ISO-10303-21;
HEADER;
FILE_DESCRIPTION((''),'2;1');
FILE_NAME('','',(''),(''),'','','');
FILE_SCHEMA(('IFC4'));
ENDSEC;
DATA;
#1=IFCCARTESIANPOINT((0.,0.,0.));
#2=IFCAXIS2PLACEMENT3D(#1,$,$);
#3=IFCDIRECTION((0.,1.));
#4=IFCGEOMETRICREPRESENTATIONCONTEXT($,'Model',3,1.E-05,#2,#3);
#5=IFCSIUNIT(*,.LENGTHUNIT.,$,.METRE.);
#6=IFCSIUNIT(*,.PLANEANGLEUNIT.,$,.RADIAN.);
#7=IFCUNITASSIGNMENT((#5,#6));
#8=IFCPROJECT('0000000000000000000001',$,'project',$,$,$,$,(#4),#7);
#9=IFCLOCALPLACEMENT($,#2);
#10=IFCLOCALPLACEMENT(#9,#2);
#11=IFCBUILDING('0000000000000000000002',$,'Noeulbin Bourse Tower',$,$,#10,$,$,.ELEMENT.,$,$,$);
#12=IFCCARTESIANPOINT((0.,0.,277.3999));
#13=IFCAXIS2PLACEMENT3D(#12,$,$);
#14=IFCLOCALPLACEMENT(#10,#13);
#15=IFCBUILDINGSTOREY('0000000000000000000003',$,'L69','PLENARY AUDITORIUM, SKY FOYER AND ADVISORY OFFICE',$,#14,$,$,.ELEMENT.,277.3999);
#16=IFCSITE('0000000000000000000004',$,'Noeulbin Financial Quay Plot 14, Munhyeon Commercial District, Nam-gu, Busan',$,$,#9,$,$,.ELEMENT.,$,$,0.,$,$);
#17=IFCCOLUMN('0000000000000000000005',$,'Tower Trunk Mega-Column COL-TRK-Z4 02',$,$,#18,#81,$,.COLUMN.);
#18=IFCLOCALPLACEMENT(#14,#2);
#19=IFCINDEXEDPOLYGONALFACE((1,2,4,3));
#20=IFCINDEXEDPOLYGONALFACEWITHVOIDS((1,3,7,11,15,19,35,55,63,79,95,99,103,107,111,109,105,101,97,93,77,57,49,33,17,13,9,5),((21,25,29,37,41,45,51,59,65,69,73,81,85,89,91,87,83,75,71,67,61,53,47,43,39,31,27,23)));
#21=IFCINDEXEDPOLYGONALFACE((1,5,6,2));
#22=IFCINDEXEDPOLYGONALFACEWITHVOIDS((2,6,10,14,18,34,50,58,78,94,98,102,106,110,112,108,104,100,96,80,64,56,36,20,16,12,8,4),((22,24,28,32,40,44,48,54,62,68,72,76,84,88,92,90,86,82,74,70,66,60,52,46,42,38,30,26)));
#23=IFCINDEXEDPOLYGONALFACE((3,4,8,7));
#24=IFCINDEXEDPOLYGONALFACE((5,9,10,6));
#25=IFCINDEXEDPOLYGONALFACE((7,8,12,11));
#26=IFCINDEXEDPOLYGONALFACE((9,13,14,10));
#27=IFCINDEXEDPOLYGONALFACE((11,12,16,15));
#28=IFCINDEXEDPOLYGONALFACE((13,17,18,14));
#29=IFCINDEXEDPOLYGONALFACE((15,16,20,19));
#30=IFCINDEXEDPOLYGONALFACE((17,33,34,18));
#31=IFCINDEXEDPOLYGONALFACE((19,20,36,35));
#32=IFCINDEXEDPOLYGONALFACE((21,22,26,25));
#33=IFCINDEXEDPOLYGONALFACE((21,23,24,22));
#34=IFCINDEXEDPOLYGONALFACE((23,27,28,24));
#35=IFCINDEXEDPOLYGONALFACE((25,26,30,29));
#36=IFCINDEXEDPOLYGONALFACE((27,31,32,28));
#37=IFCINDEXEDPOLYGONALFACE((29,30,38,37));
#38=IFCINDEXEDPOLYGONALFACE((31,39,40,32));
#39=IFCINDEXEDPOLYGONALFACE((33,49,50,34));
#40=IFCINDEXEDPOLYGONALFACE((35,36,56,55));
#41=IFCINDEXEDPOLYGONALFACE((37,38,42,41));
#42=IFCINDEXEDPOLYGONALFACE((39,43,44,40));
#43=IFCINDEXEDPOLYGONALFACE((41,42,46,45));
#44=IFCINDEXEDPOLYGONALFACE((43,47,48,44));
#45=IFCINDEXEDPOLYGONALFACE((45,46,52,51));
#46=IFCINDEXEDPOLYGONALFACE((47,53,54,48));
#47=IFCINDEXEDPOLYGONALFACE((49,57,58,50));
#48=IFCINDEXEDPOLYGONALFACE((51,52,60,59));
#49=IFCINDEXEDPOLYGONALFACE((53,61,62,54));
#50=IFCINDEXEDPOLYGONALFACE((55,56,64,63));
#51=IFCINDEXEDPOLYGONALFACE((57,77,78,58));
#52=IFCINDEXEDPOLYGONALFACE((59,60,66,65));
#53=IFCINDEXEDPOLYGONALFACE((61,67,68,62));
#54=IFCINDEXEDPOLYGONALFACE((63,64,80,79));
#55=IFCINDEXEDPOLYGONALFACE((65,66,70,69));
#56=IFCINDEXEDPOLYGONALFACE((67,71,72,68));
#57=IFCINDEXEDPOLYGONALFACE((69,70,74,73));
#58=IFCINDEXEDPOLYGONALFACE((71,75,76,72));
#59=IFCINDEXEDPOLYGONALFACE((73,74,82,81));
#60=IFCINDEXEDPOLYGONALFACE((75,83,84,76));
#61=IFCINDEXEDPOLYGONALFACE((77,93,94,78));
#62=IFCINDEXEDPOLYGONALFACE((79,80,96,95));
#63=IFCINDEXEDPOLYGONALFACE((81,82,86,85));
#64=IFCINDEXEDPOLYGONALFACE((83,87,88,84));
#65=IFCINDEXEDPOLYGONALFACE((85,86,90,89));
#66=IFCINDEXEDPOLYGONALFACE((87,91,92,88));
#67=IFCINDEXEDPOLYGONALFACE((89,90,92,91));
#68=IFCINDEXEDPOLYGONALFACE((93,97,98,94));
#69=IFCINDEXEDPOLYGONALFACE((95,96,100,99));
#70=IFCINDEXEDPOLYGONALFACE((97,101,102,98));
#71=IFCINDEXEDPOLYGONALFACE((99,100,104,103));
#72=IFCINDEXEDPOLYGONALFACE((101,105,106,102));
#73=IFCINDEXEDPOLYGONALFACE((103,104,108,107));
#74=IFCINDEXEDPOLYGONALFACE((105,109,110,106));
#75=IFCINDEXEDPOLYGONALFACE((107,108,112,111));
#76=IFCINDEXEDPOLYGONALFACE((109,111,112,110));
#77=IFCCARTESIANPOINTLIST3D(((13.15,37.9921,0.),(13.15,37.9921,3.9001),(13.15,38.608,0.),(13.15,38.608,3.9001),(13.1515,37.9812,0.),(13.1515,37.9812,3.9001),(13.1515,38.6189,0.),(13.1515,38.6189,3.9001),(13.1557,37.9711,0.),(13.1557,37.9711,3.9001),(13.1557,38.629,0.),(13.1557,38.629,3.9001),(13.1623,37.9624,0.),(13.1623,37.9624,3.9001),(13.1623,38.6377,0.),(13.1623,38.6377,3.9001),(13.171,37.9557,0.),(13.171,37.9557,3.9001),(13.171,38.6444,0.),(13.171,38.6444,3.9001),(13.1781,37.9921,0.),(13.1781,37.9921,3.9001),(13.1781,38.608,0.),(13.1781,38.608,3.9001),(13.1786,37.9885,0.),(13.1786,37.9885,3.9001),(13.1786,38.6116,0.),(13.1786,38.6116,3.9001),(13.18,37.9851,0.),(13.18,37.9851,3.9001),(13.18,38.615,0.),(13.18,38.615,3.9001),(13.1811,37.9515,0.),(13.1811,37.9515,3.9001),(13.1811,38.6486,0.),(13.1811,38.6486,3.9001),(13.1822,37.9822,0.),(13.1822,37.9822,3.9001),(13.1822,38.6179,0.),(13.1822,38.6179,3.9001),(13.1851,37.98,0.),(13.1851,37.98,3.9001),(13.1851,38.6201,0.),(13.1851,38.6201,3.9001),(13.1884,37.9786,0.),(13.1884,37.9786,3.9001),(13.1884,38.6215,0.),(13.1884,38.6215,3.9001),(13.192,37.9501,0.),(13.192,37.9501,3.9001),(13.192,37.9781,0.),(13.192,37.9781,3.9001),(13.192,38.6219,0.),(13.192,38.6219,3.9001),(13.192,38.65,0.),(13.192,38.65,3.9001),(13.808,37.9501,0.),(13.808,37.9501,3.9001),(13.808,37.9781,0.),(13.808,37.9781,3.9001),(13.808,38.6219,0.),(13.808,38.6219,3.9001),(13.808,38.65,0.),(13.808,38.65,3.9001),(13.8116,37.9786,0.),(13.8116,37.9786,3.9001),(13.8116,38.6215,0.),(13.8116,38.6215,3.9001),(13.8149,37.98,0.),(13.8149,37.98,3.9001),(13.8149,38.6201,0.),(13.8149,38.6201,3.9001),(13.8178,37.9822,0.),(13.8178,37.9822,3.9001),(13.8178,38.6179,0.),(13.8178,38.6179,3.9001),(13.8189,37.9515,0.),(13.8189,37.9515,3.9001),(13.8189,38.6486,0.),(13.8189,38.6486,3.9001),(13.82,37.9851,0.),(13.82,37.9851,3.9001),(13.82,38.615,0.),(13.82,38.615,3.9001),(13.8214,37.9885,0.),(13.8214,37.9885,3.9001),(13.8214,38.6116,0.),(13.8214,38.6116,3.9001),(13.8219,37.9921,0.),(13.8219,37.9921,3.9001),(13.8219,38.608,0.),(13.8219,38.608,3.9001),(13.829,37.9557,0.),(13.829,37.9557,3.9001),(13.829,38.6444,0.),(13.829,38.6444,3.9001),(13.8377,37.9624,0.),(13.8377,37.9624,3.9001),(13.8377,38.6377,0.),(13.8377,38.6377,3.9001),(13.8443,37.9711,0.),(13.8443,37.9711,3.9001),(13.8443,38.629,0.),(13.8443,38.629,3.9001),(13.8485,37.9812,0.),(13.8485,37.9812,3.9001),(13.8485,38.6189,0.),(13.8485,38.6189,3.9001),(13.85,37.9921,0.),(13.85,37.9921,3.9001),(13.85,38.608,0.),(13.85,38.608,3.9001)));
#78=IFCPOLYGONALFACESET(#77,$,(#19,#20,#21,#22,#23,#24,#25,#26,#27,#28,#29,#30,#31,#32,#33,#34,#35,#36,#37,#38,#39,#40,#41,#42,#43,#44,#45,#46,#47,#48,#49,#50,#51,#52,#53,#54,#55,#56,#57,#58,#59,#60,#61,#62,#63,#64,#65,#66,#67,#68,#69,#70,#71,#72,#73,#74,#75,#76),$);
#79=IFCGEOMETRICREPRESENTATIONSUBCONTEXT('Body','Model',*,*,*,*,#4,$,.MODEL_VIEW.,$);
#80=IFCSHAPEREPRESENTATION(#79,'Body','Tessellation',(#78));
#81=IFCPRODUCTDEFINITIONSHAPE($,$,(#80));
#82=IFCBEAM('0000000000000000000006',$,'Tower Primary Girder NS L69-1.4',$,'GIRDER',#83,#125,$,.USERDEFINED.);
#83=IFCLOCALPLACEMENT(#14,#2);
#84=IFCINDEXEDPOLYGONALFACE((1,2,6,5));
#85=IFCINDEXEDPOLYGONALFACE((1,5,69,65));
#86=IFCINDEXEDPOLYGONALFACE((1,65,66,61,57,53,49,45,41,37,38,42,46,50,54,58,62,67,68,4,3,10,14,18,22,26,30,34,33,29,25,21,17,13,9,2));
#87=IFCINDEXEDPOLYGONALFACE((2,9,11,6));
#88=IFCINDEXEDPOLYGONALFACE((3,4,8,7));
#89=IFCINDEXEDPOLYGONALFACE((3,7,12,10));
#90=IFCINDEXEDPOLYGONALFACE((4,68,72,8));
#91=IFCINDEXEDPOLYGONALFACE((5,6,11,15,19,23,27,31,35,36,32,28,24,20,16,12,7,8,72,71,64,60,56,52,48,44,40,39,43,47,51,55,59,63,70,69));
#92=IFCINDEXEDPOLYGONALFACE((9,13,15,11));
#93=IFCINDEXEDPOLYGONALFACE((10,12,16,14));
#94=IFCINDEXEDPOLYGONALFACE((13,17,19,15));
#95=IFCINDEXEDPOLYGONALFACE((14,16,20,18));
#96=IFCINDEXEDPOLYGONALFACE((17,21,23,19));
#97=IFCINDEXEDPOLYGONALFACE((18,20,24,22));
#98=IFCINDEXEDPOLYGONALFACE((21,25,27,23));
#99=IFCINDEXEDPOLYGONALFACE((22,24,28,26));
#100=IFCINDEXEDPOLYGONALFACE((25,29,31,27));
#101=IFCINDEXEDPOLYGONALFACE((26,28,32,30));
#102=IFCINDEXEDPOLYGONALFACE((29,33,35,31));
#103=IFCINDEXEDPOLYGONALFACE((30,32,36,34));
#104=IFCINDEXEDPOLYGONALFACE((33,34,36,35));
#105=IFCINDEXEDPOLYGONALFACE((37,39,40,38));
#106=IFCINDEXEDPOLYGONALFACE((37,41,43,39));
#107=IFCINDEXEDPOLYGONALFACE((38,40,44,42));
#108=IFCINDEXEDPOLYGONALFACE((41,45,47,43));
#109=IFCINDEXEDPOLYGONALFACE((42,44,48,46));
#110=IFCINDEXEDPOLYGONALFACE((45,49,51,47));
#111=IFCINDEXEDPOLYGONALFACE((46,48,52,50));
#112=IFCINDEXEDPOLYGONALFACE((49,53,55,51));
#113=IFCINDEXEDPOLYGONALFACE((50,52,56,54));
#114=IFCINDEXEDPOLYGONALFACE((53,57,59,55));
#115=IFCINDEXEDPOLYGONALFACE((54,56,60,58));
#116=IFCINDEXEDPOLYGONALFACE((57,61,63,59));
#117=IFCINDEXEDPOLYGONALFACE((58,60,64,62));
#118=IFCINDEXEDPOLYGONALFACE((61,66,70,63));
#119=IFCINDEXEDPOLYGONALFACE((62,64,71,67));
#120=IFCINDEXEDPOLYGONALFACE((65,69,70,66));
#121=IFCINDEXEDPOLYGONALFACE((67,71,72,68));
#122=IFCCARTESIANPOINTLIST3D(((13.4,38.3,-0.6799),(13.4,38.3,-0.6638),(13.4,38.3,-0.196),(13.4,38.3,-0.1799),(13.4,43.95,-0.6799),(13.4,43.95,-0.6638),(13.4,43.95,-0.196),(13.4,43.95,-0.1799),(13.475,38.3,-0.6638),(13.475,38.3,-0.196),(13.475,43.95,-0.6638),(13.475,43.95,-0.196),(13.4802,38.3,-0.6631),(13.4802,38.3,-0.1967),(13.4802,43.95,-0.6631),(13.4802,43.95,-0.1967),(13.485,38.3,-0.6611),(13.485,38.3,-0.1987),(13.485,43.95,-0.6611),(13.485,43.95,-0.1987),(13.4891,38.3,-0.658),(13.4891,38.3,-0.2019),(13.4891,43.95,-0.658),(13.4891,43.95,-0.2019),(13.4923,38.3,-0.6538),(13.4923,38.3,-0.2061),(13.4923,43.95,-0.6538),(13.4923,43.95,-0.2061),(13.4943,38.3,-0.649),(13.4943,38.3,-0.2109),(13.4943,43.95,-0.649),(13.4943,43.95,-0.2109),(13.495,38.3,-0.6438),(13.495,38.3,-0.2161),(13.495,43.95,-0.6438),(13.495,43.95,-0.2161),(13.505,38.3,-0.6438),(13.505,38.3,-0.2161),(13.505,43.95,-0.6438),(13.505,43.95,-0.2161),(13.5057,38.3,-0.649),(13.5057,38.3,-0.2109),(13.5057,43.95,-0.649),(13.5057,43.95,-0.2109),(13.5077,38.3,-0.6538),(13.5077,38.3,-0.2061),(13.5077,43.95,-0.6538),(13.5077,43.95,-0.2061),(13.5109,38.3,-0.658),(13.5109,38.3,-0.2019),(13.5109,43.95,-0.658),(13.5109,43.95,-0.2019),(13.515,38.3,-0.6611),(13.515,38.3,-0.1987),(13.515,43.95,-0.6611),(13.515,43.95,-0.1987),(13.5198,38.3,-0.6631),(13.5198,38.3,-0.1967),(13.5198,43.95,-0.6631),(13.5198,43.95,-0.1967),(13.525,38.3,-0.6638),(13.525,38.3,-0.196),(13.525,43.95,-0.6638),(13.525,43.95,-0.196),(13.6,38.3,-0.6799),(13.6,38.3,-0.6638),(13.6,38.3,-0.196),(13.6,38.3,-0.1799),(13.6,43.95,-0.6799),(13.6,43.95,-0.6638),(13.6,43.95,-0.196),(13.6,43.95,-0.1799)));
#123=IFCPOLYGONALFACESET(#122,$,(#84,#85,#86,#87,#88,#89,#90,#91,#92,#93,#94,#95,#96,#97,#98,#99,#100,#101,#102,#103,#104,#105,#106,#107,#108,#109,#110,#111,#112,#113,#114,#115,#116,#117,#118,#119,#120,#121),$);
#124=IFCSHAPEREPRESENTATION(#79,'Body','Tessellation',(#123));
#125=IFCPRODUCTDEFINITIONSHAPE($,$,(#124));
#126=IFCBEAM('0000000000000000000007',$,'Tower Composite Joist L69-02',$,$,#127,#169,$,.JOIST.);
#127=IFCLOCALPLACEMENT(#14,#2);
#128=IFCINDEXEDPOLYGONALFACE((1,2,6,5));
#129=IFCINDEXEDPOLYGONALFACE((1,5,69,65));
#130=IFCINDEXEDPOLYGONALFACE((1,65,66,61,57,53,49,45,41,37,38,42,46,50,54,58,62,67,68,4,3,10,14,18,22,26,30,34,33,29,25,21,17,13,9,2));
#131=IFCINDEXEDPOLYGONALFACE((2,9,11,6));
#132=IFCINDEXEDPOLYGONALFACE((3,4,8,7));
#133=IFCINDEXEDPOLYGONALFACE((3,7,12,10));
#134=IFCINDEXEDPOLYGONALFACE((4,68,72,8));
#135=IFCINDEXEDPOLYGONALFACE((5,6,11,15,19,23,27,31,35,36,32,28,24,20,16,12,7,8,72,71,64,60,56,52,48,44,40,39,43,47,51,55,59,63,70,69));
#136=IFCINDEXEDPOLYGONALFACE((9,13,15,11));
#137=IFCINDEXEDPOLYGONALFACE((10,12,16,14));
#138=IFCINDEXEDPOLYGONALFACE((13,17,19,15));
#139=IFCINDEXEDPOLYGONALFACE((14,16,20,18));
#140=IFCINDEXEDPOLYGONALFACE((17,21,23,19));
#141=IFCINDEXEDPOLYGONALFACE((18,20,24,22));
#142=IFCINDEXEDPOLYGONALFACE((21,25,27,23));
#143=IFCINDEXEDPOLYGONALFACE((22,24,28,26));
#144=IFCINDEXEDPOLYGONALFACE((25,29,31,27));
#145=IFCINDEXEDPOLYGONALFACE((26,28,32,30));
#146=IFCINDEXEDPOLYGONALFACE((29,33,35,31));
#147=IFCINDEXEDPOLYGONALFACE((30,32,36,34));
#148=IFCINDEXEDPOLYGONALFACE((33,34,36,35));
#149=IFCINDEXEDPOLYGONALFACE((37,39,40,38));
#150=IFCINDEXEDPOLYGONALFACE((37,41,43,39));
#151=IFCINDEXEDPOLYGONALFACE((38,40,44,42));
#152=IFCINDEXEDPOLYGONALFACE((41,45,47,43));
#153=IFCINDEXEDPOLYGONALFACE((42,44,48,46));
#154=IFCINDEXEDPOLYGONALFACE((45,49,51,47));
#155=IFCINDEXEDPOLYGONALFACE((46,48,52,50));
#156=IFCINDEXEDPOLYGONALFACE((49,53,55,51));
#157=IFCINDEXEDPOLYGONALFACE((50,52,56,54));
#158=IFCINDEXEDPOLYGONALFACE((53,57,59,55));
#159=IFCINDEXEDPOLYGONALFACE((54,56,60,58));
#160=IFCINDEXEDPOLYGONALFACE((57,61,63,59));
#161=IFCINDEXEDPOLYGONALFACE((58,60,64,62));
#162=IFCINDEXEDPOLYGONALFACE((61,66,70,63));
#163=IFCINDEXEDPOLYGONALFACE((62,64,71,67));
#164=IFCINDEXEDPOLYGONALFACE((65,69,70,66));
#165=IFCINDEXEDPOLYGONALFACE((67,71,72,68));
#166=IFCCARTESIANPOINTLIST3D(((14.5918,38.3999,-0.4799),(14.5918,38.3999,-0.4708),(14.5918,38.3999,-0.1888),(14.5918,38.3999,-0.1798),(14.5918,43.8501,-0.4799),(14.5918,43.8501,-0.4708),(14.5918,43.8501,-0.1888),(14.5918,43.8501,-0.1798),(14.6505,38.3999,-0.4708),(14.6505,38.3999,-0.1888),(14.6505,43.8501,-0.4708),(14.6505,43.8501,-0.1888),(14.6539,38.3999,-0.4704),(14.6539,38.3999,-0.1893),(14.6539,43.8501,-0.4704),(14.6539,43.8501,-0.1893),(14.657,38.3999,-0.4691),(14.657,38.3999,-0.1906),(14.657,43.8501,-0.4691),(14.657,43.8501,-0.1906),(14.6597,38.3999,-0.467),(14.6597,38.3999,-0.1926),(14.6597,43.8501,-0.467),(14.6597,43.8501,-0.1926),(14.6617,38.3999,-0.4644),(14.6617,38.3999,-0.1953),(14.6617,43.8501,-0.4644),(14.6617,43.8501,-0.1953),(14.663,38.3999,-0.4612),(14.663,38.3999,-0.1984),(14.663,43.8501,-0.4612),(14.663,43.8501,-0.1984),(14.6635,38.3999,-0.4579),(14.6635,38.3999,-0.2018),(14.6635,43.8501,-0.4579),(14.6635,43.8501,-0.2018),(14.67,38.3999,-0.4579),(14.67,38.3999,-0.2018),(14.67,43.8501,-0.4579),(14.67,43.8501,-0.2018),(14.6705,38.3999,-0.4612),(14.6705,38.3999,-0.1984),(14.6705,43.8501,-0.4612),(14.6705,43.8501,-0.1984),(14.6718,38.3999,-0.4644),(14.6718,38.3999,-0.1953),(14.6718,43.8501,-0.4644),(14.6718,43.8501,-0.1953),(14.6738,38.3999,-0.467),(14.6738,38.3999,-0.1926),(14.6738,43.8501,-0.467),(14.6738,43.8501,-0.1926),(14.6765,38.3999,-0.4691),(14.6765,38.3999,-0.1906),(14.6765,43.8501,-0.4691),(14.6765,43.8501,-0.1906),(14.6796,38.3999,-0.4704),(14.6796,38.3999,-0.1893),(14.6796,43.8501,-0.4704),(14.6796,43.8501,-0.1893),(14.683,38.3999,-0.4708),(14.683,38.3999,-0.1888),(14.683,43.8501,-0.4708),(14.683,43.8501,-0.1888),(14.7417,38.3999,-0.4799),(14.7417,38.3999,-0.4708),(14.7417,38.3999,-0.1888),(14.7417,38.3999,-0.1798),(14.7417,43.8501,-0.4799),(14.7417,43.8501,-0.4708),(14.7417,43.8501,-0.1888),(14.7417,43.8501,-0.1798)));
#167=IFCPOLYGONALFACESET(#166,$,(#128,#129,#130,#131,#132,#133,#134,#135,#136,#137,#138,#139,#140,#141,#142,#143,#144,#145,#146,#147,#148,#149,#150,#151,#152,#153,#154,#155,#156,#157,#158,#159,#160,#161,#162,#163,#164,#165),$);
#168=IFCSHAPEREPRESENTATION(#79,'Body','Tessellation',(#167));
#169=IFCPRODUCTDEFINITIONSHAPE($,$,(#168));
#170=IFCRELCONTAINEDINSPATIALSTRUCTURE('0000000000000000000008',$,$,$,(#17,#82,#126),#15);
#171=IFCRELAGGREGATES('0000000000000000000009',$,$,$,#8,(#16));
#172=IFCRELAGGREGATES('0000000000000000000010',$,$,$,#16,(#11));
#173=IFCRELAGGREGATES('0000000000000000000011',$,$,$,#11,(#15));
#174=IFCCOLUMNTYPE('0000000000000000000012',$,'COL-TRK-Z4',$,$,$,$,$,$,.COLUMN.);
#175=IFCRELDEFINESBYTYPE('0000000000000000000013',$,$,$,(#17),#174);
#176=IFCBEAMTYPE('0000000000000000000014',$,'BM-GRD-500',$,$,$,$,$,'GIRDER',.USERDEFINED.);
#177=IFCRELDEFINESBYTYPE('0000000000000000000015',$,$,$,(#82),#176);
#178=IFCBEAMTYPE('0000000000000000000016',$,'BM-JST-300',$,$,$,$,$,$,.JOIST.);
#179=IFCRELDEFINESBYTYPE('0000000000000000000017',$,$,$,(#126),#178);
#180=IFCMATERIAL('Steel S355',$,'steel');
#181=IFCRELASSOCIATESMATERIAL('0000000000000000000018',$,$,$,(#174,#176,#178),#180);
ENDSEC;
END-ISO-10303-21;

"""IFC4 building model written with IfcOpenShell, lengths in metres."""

from ifc_helpers import new_model, si_unit, direction, frame, origin, origin_2d, place, context, subcontext, project, spatial, hollow_rectangle, i_section, extrude, material, material_profile, profile_set, type_object, element, save


model = new_model("IFC4")

# Units and contexts
model_context = context("Model", 3, precision=1e-05, world=origin(), true_north=direction((0.0, 1.0)))
body_context = subcontext(model_context, "Body", "Model", "MODEL_VIEW")
ifc_project = project(units=[si_unit("LENGTHUNIT", "METRE"), si_unit("PLANEANGLEUNIT", "RADIAN")], contexts=[model_context])

# Site, building, storey
site_placement = place(None, origin())
site = spatial("IfcSite", under=ifc_project, at=site_placement, Name="Noeulbin Financial Quay Plot 14, Munhyeon Commercial District, Nam-gu, Busan", CompositionType="ELEMENT", RefElevation=0.0)
building_placement = place(site_placement, origin())
building = spatial("IfcBuilding", under=site, at=building_placement, Name="Noeulbin Bourse Tower", CompositionType="ELEMENT")
storey_placement = place(building_placement, frame((0.0, 0.0, 277.3999)))
storey = spatial("IfcBuildingStorey", under=building, at=storey_placement, Name="L69", Description="PLENARY AUDITORIUM, SKY FOYER AND ADVISORY OFFICE", CompositionType="ELEMENT", Elevation=277.3999)

# Column
ifc_material_1 = material(Name="Steel S355", Category="steel")
ifc_material_profile_1 = material_profile(ifc_material_1, hollow_rectangle(XDim=0.7, YDim=0.7, WallThickness=0.0281, InnerFilletRadius=0.0139, OuterFilletRadius=0.042, at=origin_2d()), Name="BOX-700x700x28", Category="LoadBearing")
ifc_profile_set_1 = profile_set([ifc_material_profile_1], Name="Steel S355")
column_type = type_object("IfcColumnType", Name="COL-TRK-Z4", PredefinedType="COLUMN", material=ifc_profile_set_1)
column_placement = place(storey_placement, frame((13.5, 38.3, 0.0), z_axis=(0.0, 0.0, 1.0), x_axis=(1.0, 0.0, 0.0)))
element("IfcColumn", 1, at=column_placement, inside=storey, type_object=column_type, Name="Tower Trunk Mega-Column COL-TRK-Z4 02", PredefinedType="COLUMN", context=body_context, shape_type="SweptSolid", body=[
    extrude(hollow_rectangle(XDim=0.7, YDim=0.7, WallThickness=0.0281, InnerFilletRadius=0.0139, OuterFilletRadius=0.042, at=origin_2d()), origin(), (0.0, 0.0, 1.0), 3.9001),
])

# Beams
ifc_material_profile_2 = material_profile(ifc_material_1, i_section(OverallWidth=0.2, OverallDepth=0.5, WebThickness=0.01, FlangeThickness=0.0161, FilletRadius=0.02, at=origin_2d()), Name="H-500x200x10x16", Category="LoadBearing")
ifc_profile_set_2 = profile_set([ifc_material_profile_2], Name="Steel S355")
beam_type_1 = type_object("IfcBeamType", Name="BM-GRD-500", ElementType="GIRDER", PredefinedType="USERDEFINED", material=ifc_profile_set_2)
beam_1_placement = place(storey_placement, frame((13.5, 38.3, -0.4299), z_axis=(0.0, 1.0, 0.0), x_axis=(-1.0, 0.0, 0.0)))
element("IfcBeam", 2, at=beam_1_placement, inside=storey, type_object=beam_type_1, Name="Tower Primary Girder NS L69-1.4", ObjectType="GIRDER", PredefinedType="USERDEFINED", context=body_context, shape_type="SweptSolid", body=[
    extrude(i_section(OverallWidth=0.2, OverallDepth=0.5, WebThickness=0.01, FlangeThickness=0.0161, FilletRadius=0.02, at=origin_2d()), origin(), (0.0, 0.0, 1.0), 5.6499),
])
ifc_material_profile_3 = material_profile(ifc_material_1, i_section(OverallWidth=0.1499, OverallDepth=0.3, WebThickness=0.0066, FlangeThickness=0.009, FilletRadius=0.0129, at=origin_2d()), Name="H-300x150x6.5x9", Category="LoadBearing")
ifc_profile_set_3 = profile_set([ifc_material_profile_3], Name="Steel S355")
beam_type_2 = type_object("IfcBeamType", Name="BM-JST-300", PredefinedType="JOIST", material=ifc_profile_set_3)
beam_2_placement = place(storey_placement, frame((14.6667, 38.3999, -0.3298), z_axis=(0.0, 1.0, 0.0), x_axis=(-1.0, 0.0, 0.0)))
element("IfcBeam", 3, at=beam_2_placement, inside=storey, type_object=beam_type_2, Name="Tower Composite Joist L69-02", PredefinedType="JOIST", context=body_context, shape_type="SweptSolid", body=[
    extrude(i_section(OverallWidth=0.1499, OverallDepth=0.3, WebThickness=0.0066, FlangeThickness=0.009, FilletRadius=0.0129, at=origin_2d()), origin(), (0.0, 0.0, 1.0), 5.4502),
])

save(model, "model.ifc")
